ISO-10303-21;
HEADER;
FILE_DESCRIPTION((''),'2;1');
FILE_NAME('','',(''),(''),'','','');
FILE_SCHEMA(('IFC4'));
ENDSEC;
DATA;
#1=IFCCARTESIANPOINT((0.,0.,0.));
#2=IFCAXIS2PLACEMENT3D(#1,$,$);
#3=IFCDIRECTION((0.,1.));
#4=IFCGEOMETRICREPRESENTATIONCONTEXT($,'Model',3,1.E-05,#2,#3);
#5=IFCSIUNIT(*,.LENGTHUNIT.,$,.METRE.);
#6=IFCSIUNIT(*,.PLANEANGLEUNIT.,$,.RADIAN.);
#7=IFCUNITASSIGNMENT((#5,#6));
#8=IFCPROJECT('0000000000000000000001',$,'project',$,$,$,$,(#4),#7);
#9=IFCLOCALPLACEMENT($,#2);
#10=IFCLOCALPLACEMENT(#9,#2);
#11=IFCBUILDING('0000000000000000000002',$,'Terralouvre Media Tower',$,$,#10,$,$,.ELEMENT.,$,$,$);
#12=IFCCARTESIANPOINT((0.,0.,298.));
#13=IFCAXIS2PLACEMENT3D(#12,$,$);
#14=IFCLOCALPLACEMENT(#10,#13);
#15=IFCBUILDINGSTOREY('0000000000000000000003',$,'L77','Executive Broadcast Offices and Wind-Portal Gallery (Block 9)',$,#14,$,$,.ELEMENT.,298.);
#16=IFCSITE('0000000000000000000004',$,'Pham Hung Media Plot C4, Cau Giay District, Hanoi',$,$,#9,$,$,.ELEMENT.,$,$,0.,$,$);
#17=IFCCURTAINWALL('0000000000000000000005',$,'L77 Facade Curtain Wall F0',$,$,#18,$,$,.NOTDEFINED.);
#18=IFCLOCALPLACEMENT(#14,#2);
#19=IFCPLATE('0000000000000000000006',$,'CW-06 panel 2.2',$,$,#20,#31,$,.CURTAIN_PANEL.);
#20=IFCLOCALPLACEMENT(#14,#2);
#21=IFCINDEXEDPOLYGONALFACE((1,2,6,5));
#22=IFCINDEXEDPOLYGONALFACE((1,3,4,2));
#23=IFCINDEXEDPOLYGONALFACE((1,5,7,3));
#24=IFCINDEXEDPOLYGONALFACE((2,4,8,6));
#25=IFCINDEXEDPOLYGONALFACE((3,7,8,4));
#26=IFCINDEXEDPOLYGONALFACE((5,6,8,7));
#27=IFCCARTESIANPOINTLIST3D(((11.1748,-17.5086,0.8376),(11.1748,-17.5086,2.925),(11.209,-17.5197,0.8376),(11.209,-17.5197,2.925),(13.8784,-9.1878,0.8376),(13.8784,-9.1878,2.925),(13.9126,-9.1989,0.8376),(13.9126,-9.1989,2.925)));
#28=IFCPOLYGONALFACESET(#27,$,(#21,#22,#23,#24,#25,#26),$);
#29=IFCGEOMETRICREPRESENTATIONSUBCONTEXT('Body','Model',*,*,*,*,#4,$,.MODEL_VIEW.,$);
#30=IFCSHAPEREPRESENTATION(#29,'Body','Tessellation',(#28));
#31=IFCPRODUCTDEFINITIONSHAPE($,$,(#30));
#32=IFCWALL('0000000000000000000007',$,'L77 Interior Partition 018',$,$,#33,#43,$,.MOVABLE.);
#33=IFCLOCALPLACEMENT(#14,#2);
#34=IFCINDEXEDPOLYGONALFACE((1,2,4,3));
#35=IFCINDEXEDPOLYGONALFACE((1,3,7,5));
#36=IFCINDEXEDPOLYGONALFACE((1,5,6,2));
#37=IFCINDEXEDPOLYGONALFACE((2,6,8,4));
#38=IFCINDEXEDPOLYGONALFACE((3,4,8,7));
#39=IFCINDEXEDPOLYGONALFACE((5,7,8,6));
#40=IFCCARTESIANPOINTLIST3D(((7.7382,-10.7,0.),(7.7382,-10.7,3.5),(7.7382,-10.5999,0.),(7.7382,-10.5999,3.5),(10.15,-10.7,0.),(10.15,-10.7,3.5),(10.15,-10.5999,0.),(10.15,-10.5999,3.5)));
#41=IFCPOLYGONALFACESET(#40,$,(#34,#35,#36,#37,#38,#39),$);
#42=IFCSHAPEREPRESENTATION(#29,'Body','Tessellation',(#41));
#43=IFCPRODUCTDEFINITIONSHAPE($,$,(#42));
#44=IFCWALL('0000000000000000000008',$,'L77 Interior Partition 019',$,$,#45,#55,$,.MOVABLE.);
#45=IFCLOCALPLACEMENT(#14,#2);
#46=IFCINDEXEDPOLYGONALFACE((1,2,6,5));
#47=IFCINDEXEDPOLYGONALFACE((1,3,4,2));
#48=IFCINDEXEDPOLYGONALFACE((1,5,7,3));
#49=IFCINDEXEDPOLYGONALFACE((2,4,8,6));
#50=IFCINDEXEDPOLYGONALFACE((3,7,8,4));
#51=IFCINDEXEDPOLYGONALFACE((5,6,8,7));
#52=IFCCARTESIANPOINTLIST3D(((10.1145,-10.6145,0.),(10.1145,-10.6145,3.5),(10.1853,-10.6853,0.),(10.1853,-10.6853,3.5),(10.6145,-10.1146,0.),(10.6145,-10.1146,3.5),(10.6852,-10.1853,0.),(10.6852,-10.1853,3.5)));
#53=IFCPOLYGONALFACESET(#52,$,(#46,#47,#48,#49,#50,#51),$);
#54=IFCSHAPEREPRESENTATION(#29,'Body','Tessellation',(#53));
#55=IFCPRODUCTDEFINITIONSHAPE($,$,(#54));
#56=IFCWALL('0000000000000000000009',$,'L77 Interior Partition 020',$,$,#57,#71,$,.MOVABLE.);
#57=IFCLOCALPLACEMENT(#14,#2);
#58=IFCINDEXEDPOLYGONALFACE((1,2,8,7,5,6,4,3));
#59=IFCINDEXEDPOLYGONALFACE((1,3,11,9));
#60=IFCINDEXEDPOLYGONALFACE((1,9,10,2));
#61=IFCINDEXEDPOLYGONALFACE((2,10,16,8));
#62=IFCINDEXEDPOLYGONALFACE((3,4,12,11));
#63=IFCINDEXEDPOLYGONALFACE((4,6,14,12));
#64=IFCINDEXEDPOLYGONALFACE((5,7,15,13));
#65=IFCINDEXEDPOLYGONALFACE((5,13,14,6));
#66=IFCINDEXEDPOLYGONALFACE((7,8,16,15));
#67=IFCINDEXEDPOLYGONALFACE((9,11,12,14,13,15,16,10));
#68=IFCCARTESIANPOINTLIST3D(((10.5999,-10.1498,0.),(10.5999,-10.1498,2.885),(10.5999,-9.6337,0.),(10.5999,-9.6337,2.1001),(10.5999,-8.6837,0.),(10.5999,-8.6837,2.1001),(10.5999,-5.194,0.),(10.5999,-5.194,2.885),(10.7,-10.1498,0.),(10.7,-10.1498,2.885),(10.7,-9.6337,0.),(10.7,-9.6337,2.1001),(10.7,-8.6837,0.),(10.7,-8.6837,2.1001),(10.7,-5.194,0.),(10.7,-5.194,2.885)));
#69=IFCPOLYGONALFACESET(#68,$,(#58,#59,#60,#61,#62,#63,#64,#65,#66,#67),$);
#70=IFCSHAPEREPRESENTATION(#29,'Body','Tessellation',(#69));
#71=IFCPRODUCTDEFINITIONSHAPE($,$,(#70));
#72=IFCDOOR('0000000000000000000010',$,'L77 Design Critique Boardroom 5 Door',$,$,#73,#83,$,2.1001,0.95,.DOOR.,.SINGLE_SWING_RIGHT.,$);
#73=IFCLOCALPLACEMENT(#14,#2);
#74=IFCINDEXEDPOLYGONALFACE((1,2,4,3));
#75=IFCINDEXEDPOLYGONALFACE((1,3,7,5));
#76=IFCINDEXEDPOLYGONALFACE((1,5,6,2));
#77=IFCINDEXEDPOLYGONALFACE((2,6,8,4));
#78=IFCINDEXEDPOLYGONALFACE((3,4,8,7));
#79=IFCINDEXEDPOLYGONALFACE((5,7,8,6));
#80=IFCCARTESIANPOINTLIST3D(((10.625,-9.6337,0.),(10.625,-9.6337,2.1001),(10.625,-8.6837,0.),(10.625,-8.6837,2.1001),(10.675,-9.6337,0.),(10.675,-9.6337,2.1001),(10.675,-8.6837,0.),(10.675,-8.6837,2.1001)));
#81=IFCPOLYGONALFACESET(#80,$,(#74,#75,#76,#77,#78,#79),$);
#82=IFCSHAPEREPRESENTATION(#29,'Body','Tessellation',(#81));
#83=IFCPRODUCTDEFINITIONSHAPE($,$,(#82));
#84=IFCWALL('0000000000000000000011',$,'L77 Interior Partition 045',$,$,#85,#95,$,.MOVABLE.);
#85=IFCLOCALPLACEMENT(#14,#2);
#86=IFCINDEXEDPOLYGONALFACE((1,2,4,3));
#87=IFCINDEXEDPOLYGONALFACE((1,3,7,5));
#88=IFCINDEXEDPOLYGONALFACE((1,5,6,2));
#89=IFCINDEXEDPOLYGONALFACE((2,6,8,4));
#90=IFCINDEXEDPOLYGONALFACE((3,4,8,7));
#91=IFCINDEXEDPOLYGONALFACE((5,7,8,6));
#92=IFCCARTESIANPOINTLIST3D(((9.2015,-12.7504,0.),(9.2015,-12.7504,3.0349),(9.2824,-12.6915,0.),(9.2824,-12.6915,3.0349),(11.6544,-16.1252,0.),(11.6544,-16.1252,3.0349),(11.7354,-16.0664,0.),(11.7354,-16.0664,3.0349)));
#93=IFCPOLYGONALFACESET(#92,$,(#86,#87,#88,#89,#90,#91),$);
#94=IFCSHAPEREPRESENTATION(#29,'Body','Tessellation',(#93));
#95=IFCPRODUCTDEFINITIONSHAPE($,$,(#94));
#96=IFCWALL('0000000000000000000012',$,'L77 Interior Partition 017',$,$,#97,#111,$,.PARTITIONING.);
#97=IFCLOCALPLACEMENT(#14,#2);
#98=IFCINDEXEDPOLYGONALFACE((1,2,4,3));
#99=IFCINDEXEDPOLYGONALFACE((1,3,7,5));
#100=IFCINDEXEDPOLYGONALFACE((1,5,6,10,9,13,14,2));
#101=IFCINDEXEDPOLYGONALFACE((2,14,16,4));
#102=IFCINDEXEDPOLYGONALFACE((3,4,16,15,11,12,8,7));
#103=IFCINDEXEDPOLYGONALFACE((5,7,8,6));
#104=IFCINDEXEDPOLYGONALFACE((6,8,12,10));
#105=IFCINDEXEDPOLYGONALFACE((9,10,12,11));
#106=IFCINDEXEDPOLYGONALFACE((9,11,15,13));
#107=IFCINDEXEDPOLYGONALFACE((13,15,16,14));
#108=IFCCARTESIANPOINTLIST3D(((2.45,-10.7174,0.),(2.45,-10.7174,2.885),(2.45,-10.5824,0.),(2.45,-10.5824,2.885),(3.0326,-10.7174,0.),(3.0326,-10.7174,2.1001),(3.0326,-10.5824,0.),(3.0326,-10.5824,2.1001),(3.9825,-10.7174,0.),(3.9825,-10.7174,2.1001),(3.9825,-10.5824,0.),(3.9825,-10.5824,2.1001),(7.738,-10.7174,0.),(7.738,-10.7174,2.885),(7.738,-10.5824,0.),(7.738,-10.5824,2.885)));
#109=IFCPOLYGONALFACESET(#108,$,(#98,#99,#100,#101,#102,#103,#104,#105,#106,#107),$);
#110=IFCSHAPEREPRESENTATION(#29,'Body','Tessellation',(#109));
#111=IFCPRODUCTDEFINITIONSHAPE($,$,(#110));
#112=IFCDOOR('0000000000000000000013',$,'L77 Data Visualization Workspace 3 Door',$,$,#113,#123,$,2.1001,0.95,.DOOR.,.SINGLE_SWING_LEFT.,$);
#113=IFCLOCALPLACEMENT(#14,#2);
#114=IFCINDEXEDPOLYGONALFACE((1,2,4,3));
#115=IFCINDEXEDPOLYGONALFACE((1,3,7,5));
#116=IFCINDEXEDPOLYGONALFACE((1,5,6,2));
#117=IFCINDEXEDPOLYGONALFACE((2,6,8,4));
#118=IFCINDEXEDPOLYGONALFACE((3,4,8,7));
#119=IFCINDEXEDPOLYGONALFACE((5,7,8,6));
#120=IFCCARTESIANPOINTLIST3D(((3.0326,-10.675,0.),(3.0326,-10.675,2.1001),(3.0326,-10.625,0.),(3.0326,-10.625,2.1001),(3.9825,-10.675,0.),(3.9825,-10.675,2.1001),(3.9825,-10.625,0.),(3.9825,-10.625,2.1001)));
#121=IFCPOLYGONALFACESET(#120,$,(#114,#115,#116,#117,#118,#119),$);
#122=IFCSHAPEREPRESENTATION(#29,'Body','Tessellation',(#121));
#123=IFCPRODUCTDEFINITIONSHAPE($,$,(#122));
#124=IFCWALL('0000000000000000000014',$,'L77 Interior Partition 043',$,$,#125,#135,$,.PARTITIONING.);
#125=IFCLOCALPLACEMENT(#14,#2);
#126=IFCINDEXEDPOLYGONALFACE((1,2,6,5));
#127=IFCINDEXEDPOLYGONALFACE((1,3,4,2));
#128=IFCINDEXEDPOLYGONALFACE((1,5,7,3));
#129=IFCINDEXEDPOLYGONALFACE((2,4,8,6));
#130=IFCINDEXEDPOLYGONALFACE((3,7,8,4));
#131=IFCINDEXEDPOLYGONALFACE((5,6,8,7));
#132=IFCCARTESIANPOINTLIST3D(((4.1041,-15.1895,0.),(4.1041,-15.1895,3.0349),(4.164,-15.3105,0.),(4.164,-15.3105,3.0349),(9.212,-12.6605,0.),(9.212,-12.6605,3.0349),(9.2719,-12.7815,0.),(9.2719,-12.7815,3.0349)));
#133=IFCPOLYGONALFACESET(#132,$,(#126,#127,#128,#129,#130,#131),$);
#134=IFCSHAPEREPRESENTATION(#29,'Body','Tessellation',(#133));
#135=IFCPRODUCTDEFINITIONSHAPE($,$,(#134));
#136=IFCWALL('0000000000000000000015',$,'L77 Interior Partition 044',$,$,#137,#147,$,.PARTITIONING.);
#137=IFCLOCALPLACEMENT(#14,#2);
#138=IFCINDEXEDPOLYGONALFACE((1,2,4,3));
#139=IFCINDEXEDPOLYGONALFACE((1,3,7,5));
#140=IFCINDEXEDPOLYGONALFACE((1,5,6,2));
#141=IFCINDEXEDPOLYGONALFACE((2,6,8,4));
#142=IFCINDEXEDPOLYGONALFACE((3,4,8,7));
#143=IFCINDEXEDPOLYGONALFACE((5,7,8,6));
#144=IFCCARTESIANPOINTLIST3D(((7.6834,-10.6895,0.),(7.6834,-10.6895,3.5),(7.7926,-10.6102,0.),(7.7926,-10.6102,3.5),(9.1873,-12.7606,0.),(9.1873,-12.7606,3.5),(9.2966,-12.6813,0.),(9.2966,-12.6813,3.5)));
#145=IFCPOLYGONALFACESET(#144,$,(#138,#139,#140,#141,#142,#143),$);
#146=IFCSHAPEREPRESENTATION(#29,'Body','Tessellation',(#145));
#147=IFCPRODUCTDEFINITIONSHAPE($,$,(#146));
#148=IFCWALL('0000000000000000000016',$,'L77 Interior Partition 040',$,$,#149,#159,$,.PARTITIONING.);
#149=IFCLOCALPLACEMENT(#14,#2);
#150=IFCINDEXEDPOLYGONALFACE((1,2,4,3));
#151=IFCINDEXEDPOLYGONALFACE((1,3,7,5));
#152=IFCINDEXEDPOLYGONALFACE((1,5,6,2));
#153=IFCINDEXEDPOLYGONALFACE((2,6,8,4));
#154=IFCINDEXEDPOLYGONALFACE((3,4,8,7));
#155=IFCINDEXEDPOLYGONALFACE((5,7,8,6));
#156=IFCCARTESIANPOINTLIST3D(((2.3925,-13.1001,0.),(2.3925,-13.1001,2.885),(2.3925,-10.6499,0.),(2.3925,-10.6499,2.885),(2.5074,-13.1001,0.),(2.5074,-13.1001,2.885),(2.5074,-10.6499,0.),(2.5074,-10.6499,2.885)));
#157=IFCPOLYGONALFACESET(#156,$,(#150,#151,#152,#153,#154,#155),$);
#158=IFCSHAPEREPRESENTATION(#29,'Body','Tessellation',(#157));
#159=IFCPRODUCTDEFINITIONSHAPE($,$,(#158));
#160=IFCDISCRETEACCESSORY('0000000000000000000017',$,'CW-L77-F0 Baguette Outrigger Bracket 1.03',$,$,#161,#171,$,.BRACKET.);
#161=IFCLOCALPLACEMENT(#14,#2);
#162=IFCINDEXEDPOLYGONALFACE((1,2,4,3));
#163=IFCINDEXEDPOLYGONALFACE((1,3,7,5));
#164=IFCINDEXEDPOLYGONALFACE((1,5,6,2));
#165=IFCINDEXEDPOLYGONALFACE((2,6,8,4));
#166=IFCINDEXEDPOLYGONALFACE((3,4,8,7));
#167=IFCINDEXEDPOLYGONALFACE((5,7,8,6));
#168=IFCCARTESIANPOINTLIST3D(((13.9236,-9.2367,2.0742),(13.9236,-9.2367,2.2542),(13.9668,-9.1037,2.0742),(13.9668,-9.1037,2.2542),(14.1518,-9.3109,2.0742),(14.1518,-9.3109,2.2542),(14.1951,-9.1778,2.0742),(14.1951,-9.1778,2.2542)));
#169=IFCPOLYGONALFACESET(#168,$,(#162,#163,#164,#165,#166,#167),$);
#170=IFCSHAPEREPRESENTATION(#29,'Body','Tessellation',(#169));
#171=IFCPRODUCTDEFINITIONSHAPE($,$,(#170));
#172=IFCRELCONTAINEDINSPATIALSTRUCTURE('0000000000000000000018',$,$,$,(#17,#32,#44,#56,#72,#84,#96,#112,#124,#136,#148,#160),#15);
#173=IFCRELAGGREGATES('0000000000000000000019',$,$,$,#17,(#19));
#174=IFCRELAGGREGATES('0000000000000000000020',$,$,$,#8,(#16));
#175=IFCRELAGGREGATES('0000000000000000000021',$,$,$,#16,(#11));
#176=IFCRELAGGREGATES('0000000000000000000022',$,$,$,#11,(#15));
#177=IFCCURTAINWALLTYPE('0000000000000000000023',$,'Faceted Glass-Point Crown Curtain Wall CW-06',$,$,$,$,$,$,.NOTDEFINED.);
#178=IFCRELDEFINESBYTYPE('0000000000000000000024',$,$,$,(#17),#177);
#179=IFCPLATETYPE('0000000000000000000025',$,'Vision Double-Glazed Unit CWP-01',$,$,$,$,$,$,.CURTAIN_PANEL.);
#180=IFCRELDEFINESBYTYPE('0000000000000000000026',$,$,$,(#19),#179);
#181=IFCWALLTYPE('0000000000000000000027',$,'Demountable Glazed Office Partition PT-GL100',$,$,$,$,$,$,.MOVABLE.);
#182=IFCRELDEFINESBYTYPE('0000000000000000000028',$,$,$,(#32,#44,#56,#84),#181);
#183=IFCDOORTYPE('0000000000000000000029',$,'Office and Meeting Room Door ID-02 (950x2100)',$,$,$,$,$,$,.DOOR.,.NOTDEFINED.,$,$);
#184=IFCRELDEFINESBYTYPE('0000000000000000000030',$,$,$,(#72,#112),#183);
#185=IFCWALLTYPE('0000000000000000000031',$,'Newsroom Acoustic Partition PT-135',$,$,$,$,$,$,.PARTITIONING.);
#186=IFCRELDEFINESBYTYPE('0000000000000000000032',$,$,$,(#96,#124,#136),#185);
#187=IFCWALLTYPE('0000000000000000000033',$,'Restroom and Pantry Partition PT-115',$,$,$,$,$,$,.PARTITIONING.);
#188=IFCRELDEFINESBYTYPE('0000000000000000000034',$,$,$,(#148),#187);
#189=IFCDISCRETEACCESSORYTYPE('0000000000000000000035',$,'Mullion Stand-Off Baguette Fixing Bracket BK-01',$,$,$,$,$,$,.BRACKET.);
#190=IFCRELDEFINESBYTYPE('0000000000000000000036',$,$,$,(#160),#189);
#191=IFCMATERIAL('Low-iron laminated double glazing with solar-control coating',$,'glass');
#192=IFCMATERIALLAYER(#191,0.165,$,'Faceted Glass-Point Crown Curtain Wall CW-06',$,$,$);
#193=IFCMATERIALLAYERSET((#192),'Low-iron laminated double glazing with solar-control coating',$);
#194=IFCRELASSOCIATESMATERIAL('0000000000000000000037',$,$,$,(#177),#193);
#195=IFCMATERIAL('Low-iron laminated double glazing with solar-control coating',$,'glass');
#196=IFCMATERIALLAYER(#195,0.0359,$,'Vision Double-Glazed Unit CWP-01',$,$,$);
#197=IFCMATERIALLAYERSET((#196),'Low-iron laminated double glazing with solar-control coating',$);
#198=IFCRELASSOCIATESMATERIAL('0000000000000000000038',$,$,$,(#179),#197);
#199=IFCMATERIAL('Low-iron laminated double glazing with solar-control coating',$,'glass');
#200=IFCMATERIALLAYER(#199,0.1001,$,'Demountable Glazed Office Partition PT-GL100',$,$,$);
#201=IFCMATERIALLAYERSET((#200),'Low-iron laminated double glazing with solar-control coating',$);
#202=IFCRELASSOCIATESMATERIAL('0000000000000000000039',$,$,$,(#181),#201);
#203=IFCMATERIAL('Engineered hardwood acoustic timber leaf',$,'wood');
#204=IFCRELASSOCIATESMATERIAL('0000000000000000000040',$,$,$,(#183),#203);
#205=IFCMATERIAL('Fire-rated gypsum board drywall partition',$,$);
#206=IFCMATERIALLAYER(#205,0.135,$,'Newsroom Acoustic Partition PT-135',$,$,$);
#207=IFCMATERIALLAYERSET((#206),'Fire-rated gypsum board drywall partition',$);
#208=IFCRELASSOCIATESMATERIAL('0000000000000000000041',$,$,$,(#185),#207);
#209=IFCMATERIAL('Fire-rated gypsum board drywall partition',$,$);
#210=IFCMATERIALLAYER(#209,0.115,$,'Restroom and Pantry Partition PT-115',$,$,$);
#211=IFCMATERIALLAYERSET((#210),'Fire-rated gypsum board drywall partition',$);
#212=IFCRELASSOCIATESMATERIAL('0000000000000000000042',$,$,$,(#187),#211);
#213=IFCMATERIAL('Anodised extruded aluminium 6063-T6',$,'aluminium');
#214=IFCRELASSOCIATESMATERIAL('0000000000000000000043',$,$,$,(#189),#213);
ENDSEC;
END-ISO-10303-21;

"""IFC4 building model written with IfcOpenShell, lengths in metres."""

from ifc_helpers import new_model, si_unit, direction, frame, frame_2d, origin, origin_2d, place, context, subcontext, project, spatial, rectangle, extrude, material, layer, layer_set, type_object, element, fill, aggregate, save


model = new_model("IFC4")

# Units and contexts
model_context = context("Model", 3, precision=1e-05, world=origin(), true_north=direction((0.0, 1.0)))
body_context = subcontext(model_context, "Body", "Model", "MODEL_VIEW")
ifc_project = project(units=[si_unit("LENGTHUNIT", "METRE"), si_unit("PLANEANGLEUNIT", "RADIAN")], contexts=[model_context])

# Site, building, storey
site_placement = place(None, origin())
site = spatial("IfcSite", under=ifc_project, at=site_placement, Name="Pham Hung Media Plot C4, Cau Giay District, Hanoi", CompositionType="ELEMENT", RefElevation=0.0)
building_placement = place(site_placement, origin())
building = spatial("IfcBuilding", under=site, at=building_placement, Name="Terralouvre Media Tower", CompositionType="ELEMENT")
storey_placement = place(building_placement, frame((0.0, 0.0, 298.0)))
storey = spatial("IfcBuildingStorey", under=building, at=storey_placement, Name="L77", Description="Executive Broadcast Offices and Wind-Portal Gallery (Block 9)", CompositionType="ELEMENT", Elevation=298.0)

# Curtain wall
ifc_material_1 = material(Name="Low-iron laminated double glazing with solar-control coating", Category="glass")
ifc_layer_1 = layer(ifc_material_1, 0.165, Name="Faceted Glass-Point Crown Curtain Wall CW-06")
ifc_layer_set_1 = layer_set([ifc_layer_1], Name="Low-iron laminated double glazing with solar-control coating")
curtain_wall_type = type_object("IfcCurtainWallType", Name="Faceted Glass-Point Crown Curtain Wall CW-06", PredefinedType="NOTDEFINED", material=ifc_layer_set_1)
curtain_wall_placement = place(storey_placement, origin())
curtain_wall = element("IfcCurtainWall", 1, at=curtain_wall_placement, inside=storey, type_object=curtain_wall_type, Name="L77 Facade Curtain Wall F0", PredefinedType="NOTDEFINED")

# Plate
ifc_material_2 = material(Name="Low-iron laminated double glazing with solar-control coating", Category="glass")
ifc_layer_2 = layer(ifc_material_2, 0.0359, Name="Vision Double-Glazed Unit CWP-01")
ifc_layer_set_2 = layer_set([ifc_layer_2], Name="Low-iron laminated double glazing with solar-control coating")
plate_type = type_object("IfcPlateType", Name="Vision Double-Glazed Unit CWP-01", PredefinedType="CURTAIN_PANEL", material=ifc_layer_set_2)
plate_1_placement = place(storey_placement, frame((12.5437, -13.3538, 0.8376), z_axis=(0.0, 0.0, 1.0), x_axis=(0.309017, 0.951057, 0.0)))
plate_1 = element("IfcPlate", 2, at=plate_1_placement, type_object=plate_type, Name="CW-06 panel 2.2", PredefinedType="CURTAIN_PANEL", context=body_context, shape_type="SweptSolid", body=[
    extrude(rectangle(XDim=8.749, YDim=0.0359, at=origin_2d()), origin(), (0.0, 0.0, 1.0), 2.0874),
])
aggregate(curtain_wall, [plate_1])

# Walls
ifc_material_3 = material(Name="Low-iron laminated double glazing with solar-control coating", Category="glass")
ifc_layer_3 = layer(ifc_material_3, 0.1001, Name="Demountable Glazed Office Partition PT-GL100")
ifc_layer_set_3 = layer_set([ifc_layer_3], Name="Low-iron laminated double glazing with solar-control coating")
wall_type_1 = type_object("IfcWallType", Name="Demountable Glazed Office Partition PT-GL100", PredefinedType="MOVABLE", material=ifc_layer_set_3)
wall_1_placement = place(storey_placement, frame((7.738, -10.6499, 0.0), z_axis=(0.0, 0.0, 1.0), x_axis=(1.0, 0.0, 0.0)))
element("IfcWall", 3, at=wall_1_placement, inside=storey, type_object=wall_type_1, Name="L77 Interior Partition 018", PredefinedType="MOVABLE", context=body_context, shape_type="SweptSolid", body=[
    extrude(rectangle(XDim=2.4119, YDim=0.1001, at=frame_2d((1.2061, 0.0))), origin(), (0.0, 0.0, 1.0), 3.5),
])
wall_2_placement = place(storey_placement, frame((10.1499, -10.6499, 0.0), z_axis=(0.0, 0.0, 1.0), x_axis=(0.707107, 0.707107, 0.0)))
element("IfcWall", 4, at=wall_2_placement, inside=storey, type_object=wall_type_1, Name="L77 Interior Partition 019", PredefinedType="MOVABLE", context=body_context, shape_type="SweptSolid", body=[
    extrude(rectangle(XDim=0.707, YDim=0.1001, at=frame_2d((0.3535, 0.0))), origin(), (0.0, 0.0, 1.0), 3.5),
])

# Wall, opening, door
wall_3_placement = place(storey_placement, frame((10.6499, -10.1499, 0.0), z_axis=(0.0, 0.0, 1.0), x_axis=(0.0, 1.0, 0.0)))
wall_3 = element("IfcWall", 5, at=wall_3_placement, inside=storey, type_object=wall_type_1, Name="L77 Interior Partition 020", PredefinedType="MOVABLE", context=body_context, shape_type="SweptSolid", body=[
    extrude(rectangle(XDim=4.9558, YDim=0.1001, at=frame_2d((2.478, 0.0))), origin(), (0.0, 0.0, 1.0), 2.885),
])
opening_1_placement = place(wall_3_placement, frame((0.5161, 0.0, 0.0)))
opening_1 = element("IfcOpeningElement", 6, at=opening_1_placement, cuts=wall_3, PredefinedType="OPENING", context=body_context, shape_type="SweptSolid", body=[
    extrude(rectangle(XDim=0.95, YDim=2.1001, at=frame_2d((0.4751, 1.05))), frame((0.0, 0.0601, 0.0), z_axis=(0.0, -1.0, 0.0), x_axis=(1.0, 0.0, 0.0)), (0.0, 0.0, 1.0), 0.1201),
])
ifc_material_4 = material(Name="Engineered hardwood acoustic timber leaf", Category="wood")
door_type = type_object("IfcDoorType", Name="Office and Meeting Room Door ID-02 (950x2100)", OperationType="NOTDEFINED", PredefinedType="DOOR", material=ifc_material_4)
door_1_placement = place(opening_1_placement, origin())
door_1 = element("IfcDoor", 7, at=door_1_placement, inside=storey, type_object=door_type, Name="L77 Design Critique Boardroom 5 Door", OperationType="SINGLE_SWING_RIGHT", OverallHeight=2.1001, OverallWidth=0.95, PredefinedType="DOOR", context=body_context, shape_type="SweptSolid", body=[
    extrude(rectangle(XDim=0.95, YDim=2.1001, at=frame_2d((0.4751, 1.05))), frame((0.0, 0.0249, 0.0), z_axis=(0.0, -1.0, 0.0), x_axis=(1.0, 0.0, 0.0)), (0.0, 0.0, 1.0), 0.05),
])
fill(opening_1, door_1)

# Wall
wall_4_placement = place(storey_placement, frame((11.6948, -16.0957, 0.0), z_axis=(0.0, 0.0, 1.0), x_axis=(-0.587939, 0.808906, 0.0)))
element("IfcWall", 8, at=wall_4_placement, inside=storey, type_object=wall_type_1, Name="L77 Interior Partition 045", PredefinedType="MOVABLE", context=body_context, shape_type="SweptSolid", body=[
    extrude(rectangle(XDim=4.1721, YDim=0.1001, at=frame_2d((2.0859, 0.0))), origin(), (0.0, 0.0, 1.0), 3.0349),
])

# Wall, opening, door
ifc_material_5 = material(Name="Fire-rated gypsum board drywall partition")
ifc_layer_4 = layer(ifc_material_5, 0.135, Name="Newsroom Acoustic Partition PT-135")
ifc_layer_set_4 = layer_set([ifc_layer_4], Name="Fire-rated gypsum board drywall partition")
wall_type_2 = type_object("IfcWallType", Name="Newsroom Acoustic Partition PT-135", PredefinedType="PARTITIONING", material=ifc_layer_set_4)
wall_5_placement = place(storey_placement, frame((2.45, -10.6499, 0.0), z_axis=(0.0, 0.0, 1.0), x_axis=(1.0, 0.0, 0.0)))
wall_5 = element("IfcWall", 9, at=wall_5_placement, inside=storey, type_object=wall_type_2, Name="L77 Interior Partition 017", PredefinedType="PARTITIONING", context=body_context, shape_type="SweptSolid", body=[
    extrude(rectangle(XDim=5.2881, YDim=0.135, at=frame_2d((2.644, 0.0))), origin(), (0.0, 0.0, 1.0), 2.885),
])
opening_2_placement = place(wall_5_placement, frame((0.5825, 0.0, 0.0)))
opening_2 = element("IfcOpeningElement", 10, at=opening_2_placement, cuts=wall_5, PredefinedType="OPENING", context=body_context, shape_type="SweptSolid", body=[
    extrude(rectangle(XDim=0.95, YDim=2.1001, at=frame_2d((0.4751, 1.05))), frame((0.0, 0.0774, 0.0), z_axis=(0.0, -1.0, 0.0), x_axis=(1.0, 0.0, 0.0)), (0.0, 0.0, 1.0), 0.155),
])
door_2_placement = place(opening_2_placement, origin())
door_2 = element("IfcDoor", 11, at=door_2_placement, inside=storey, type_object=door_type, Name="L77 Data Visualization Workspace 3 Door", OperationType="SINGLE_SWING_LEFT", OverallHeight=2.1001, OverallWidth=0.95, PredefinedType="DOOR", context=body_context, shape_type="SweptSolid", body=[
    extrude(rectangle(XDim=0.95, YDim=2.1001, at=frame_2d((0.4751, 1.05))), frame((0.0, 0.0249, 0.0), z_axis=(0.0, -1.0, 0.0), x_axis=(1.0, 0.0, 0.0)), (0.0, 0.0, 1.0), 0.05),
])
fill(opening_2, door_2)

# Walls
wall_6_placement = place(storey_placement, frame((4.134, -15.25, 0.0), z_axis=(0.0, 0.0, 1.0), x_axis=(0.896168, 0.443715, 0.0)))
element("IfcWall", 12, at=wall_6_placement, inside=storey, type_object=wall_type_2, Name="L77 Interior Partition 043", PredefinedType="PARTITIONING", context=body_context, shape_type="SweptSolid", body=[
    extrude(rectangle(XDim=5.6997, YDim=0.135, at=frame_2d((2.8499, 0.0))), origin(), (0.0, 0.0, 1.0), 3.0349),
])
wall_7_placement = place(storey_placement, frame((9.2419, -12.7209, 0.0), z_axis=(0.0, 0.0, 1.0), x_axis=(-0.587582, 0.809165, 0.0)))
element("IfcWall", 13, at=wall_7_placement, inside=storey, type_object=wall_type_2, Name="L77 Interior Partition 044", PredefinedType="PARTITIONING", context=body_context, shape_type="SweptSolid", body=[
    extrude(rectangle(XDim=2.5596, YDim=0.135, at=frame_2d((1.2798, 0.0))), origin(), (0.0, 0.0, 1.0), 3.5),
])
ifc_material_6 = material(Name="Fire-rated gypsum board drywall partition")
ifc_layer_5 = layer(ifc_material_6, 0.115, Name="Restroom and Pantry Partition PT-115")
ifc_layer_set_5 = layer_set([ifc_layer_5], Name="Fire-rated gypsum board drywall partition")
wall_type_3 = type_object("IfcWallType", Name="Restroom and Pantry Partition PT-115", PredefinedType="PARTITIONING", material=ifc_layer_set_5)
wall_8_placement = place(storey_placement, frame((2.45, -13.1001, 0.0), z_axis=(0.0, 0.0, 1.0), x_axis=(0.0, 1.0, 0.0)))
element("IfcWall", 14, at=wall_8_placement, inside=storey, type_object=wall_type_3, Name="L77 Interior Partition 040", PredefinedType="PARTITIONING", context=body_context, shape_type="SweptSolid", body=[
    extrude(rectangle(XDim=2.4502, YDim=0.115, at=frame_2d((1.2251, 0.0))), origin(), (0.0, 0.0, 1.0), 2.885),
])

# Discrete accessory
ifc_material_7 = material(Name="Anodised extruded aluminium 6063-T6", Category="aluminium")
discrete_accessory_type = type_object("IfcDiscreteAccessoryType", Name="Mullion Stand-Off Baguette Fixing Bracket BK-01", PredefinedType="BRACKET", material=ifc_material_7)
discrete_accessory_placement = place(storey_placement, frame((14.0593, -9.2073, 2.0742), z_axis=(0.0, 0.0, 1.0), x_axis=(0.309017, 0.951057, 0.0)))
element("IfcDiscreteAccessory", 15, at=discrete_accessory_placement, inside=storey, type_object=discrete_accessory_type, Name="CW-L77-F0 Baguette Outrigger Bracket 1.03", PredefinedType="BRACKET", context=body_context, shape_type="SweptSolid", body=[
    extrude(rectangle(XDim=0.1399, YDim=0.24, at=origin_2d()), origin(), (0.0, 0.0, 1.0), 0.1799),
])

save(model, "model.ifc")
